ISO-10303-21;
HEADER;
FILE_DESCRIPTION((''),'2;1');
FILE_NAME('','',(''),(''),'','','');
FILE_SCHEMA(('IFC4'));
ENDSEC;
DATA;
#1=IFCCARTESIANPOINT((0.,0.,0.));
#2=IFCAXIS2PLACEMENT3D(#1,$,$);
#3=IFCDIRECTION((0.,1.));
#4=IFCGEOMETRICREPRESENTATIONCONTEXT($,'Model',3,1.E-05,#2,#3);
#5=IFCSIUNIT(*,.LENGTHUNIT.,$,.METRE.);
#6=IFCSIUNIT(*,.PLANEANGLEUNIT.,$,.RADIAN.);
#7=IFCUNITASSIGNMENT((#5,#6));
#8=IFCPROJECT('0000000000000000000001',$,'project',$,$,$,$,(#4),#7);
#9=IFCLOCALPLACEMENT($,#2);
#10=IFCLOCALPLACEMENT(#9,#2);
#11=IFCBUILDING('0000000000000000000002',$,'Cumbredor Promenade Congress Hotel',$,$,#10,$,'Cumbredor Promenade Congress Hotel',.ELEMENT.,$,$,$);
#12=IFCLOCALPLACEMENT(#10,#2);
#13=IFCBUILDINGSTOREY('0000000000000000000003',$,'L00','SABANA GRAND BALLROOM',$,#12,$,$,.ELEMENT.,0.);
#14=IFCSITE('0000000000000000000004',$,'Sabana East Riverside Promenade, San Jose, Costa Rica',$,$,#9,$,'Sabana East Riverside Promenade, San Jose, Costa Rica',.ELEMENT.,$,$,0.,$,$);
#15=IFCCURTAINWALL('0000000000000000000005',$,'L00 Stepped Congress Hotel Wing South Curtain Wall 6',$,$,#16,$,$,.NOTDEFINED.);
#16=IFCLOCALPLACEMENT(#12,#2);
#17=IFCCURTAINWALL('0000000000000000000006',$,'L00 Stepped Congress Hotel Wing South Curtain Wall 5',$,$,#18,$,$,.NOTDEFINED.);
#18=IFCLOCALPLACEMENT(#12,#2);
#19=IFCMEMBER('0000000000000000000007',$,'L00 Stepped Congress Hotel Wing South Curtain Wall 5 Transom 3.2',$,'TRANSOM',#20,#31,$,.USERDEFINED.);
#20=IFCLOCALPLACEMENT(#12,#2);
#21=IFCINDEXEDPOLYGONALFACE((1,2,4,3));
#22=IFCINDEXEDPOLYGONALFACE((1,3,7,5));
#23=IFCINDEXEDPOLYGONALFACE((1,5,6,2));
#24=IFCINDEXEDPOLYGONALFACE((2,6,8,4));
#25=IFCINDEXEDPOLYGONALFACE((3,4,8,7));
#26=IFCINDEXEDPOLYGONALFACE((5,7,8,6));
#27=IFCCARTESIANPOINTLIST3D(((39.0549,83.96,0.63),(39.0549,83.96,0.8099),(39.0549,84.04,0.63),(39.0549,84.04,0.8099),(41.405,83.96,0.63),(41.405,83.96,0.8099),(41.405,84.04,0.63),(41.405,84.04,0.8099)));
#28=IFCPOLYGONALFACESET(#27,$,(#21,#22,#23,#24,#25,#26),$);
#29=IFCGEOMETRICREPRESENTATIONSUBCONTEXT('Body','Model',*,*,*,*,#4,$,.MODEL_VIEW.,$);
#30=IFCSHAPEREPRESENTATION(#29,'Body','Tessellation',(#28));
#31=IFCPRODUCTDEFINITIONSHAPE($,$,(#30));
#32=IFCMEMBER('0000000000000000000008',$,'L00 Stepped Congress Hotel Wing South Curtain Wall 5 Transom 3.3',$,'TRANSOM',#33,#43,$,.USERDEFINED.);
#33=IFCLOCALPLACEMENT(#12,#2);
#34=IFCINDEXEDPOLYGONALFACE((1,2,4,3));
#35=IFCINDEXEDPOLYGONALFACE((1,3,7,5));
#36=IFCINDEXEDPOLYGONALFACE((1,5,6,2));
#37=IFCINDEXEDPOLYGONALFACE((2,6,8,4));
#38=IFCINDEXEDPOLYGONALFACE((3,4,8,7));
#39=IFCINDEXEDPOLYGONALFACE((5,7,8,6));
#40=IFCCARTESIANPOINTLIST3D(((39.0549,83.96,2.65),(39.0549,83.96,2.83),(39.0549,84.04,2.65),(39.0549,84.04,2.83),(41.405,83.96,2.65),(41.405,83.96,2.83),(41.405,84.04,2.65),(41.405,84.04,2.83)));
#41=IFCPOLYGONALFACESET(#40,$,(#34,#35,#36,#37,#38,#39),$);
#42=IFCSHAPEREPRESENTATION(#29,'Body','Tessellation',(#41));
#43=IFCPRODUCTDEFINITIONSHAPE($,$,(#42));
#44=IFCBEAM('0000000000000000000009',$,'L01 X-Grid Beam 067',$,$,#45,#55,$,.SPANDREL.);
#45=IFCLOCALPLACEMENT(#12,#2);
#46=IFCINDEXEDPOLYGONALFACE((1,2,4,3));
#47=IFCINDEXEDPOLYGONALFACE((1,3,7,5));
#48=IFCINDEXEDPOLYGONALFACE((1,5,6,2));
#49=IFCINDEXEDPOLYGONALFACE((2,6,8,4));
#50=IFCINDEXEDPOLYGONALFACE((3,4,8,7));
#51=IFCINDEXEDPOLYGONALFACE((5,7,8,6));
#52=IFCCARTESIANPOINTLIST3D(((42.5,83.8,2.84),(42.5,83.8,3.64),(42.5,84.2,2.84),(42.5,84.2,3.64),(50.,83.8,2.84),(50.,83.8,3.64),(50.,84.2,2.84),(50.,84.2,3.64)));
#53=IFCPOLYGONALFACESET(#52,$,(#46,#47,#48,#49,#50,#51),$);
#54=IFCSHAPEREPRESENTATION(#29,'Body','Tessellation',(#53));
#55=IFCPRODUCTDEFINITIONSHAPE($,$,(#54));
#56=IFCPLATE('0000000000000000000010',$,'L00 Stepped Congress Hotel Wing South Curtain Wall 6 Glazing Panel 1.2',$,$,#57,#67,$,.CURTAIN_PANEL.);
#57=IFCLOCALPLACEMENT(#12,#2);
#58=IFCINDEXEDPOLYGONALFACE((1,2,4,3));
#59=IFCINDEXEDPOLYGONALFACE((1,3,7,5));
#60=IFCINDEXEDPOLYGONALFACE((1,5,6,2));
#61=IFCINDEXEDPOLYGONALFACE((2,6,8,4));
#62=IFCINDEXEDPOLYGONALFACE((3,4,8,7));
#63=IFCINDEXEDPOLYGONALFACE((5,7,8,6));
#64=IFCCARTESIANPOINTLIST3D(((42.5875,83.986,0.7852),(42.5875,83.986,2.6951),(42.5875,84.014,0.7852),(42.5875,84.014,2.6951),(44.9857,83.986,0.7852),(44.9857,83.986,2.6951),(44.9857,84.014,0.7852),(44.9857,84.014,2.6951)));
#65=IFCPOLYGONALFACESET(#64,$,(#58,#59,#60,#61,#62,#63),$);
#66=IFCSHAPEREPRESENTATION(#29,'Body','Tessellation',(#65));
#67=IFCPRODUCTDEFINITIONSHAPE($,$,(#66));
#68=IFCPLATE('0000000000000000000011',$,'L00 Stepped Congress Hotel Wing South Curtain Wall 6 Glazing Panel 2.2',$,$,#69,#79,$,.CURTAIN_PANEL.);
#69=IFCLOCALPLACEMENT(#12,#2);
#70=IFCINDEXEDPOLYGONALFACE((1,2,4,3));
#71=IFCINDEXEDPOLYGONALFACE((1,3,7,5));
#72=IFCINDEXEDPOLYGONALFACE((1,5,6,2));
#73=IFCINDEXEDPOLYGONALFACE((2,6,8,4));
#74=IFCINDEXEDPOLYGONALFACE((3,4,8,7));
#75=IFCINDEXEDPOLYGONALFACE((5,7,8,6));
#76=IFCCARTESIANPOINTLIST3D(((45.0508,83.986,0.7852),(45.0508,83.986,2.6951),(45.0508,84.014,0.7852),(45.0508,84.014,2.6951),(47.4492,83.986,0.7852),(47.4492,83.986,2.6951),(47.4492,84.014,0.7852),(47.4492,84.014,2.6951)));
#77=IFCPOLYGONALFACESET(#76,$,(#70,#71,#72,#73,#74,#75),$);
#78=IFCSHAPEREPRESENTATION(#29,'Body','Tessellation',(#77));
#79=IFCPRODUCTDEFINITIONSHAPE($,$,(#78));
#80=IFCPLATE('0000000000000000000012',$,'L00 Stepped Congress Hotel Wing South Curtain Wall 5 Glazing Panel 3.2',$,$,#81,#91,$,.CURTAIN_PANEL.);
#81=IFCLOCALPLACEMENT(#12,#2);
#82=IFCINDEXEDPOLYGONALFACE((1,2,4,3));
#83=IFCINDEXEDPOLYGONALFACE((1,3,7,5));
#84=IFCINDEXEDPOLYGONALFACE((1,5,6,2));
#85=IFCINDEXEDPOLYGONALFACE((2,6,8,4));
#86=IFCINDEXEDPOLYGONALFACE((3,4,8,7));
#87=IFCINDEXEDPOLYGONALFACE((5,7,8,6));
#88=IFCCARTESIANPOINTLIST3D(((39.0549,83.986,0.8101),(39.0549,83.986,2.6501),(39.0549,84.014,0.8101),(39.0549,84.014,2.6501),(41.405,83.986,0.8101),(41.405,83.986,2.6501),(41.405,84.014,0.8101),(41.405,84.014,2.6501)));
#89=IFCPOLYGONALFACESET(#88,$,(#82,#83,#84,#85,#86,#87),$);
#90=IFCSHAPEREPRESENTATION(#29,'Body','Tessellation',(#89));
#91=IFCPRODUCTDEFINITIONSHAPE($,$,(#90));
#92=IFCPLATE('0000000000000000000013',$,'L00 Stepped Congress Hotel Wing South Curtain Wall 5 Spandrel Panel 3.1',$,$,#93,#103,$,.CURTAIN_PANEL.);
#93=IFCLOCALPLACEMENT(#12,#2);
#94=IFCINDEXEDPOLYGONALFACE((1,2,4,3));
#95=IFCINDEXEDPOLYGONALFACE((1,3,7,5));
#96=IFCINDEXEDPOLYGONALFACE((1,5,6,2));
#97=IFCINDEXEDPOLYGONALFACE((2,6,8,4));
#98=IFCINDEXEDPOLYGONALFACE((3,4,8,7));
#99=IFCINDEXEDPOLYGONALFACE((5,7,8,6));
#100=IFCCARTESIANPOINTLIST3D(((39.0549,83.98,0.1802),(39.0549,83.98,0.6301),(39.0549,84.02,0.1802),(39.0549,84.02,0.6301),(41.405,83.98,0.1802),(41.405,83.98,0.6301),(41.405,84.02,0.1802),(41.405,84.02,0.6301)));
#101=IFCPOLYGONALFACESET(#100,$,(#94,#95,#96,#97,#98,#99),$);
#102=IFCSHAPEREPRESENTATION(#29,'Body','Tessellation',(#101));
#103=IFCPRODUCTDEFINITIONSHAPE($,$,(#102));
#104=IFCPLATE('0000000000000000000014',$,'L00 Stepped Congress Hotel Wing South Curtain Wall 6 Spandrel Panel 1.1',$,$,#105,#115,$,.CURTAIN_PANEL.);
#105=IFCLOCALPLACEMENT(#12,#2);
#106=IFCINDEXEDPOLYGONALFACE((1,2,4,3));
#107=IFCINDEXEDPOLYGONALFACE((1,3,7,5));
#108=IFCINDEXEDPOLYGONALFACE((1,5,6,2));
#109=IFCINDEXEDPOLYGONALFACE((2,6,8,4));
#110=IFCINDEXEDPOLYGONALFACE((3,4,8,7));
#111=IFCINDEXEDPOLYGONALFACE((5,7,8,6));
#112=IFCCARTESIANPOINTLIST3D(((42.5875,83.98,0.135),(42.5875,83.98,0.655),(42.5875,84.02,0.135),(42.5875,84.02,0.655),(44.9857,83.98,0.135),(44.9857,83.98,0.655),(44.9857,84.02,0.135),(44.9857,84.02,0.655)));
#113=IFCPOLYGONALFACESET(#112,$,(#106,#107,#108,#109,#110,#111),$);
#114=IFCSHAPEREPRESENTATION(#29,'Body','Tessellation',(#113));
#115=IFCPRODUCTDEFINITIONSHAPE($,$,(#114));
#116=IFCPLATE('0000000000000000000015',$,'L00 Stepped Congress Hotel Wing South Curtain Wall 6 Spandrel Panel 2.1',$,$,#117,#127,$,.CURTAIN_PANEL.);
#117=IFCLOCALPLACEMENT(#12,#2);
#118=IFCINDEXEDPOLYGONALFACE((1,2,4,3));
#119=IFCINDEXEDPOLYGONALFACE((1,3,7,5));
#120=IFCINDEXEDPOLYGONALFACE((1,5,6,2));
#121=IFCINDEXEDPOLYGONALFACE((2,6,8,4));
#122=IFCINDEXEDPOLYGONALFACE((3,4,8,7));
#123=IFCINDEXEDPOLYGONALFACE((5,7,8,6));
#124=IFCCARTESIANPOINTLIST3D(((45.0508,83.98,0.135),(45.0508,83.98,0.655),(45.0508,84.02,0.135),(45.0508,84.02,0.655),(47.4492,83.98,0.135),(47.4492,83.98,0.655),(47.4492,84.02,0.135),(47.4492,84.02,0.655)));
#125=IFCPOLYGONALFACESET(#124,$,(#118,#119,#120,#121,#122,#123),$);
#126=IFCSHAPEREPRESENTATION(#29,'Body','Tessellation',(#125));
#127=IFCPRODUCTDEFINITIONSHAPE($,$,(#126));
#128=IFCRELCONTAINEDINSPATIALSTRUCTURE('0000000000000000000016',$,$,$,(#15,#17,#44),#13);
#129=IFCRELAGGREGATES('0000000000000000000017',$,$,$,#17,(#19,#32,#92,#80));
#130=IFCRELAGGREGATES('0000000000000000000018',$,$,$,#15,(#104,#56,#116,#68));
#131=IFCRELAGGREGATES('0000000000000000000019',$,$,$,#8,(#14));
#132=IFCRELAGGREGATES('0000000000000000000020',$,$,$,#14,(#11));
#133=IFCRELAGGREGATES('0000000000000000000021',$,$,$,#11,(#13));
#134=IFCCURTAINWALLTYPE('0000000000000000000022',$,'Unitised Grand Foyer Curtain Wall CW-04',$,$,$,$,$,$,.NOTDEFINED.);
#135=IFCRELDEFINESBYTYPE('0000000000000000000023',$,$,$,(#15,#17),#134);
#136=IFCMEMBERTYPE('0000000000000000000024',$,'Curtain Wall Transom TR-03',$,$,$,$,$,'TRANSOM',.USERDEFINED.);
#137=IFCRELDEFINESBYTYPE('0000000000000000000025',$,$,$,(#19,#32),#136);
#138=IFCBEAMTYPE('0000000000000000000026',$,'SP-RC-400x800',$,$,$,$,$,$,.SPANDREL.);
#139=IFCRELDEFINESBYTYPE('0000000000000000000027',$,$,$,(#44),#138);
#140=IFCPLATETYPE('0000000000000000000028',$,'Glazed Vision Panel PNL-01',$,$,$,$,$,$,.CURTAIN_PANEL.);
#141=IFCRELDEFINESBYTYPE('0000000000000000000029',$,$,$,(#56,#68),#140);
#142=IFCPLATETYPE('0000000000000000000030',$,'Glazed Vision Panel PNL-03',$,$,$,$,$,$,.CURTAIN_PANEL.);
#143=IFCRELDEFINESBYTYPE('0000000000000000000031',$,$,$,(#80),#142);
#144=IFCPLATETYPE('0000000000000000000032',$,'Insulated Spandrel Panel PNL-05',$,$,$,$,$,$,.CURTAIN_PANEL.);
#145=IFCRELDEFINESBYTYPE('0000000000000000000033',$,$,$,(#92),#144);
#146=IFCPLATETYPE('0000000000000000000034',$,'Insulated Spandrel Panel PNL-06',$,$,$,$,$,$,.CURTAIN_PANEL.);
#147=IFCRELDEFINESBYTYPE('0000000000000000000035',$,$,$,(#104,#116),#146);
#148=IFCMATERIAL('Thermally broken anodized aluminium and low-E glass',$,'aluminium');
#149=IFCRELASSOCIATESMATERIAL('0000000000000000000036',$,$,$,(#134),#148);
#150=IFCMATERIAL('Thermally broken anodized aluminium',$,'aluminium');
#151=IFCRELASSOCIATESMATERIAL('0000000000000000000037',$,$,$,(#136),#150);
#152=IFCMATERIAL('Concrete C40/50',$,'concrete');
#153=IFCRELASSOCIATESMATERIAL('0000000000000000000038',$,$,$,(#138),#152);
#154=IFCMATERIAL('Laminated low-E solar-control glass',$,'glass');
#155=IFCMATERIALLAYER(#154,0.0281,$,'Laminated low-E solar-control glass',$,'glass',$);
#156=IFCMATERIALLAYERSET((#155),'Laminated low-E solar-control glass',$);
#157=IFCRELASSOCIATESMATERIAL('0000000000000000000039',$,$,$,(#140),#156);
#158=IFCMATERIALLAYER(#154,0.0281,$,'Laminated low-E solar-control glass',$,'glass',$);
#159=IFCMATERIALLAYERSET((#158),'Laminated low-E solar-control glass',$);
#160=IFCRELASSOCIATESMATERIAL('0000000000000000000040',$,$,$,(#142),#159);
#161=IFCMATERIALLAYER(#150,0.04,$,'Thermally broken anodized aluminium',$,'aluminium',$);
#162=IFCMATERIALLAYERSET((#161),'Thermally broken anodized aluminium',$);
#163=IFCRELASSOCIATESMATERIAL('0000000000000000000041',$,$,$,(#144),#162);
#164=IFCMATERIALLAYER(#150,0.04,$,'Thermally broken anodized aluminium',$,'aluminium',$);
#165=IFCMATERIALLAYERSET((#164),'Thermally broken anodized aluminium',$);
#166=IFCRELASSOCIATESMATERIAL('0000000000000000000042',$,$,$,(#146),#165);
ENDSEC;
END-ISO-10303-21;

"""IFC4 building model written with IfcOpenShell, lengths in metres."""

from ifc_helpers import new_model, si_unit, direction, frame, origin, origin_2d, place, context, subcontext, project, spatial, rectangle, extrude, material, layer, layer_set, material_profile, profile_set, type_object, element, aggregate, save


model = new_model("IFC4")

# Units and contexts
model_context = context("Model", 3, precision=1e-05, world=origin(), true_north=direction((0.0, 1.0)))
body_context = subcontext(model_context, "Body", "Model", "MODEL_VIEW")
ifc_project = project(units=[si_unit("LENGTHUNIT", "METRE"), si_unit("PLANEANGLEUNIT", "RADIAN")], contexts=[model_context])

# Site, building, storey
site_placement = place(None, origin())
site = spatial("IfcSite", under=ifc_project, at=site_placement, Name="Sabana East Riverside Promenade, San Jose, Costa Rica", LongName="Sabana East Riverside Promenade, San Jose, Costa Rica", CompositionType="ELEMENT", RefElevation=0.0)
building_placement = place(site_placement, origin())
building = spatial("IfcBuilding", under=site, at=building_placement, Name="Cumbredor Promenade Congress Hotel", LongName="Cumbredor Promenade Congress Hotel", CompositionType="ELEMENT")
storey_placement = place(building_placement, origin())
storey = spatial("IfcBuildingStorey", under=building, at=storey_placement, Name="L00", Description="SABANA GRAND BALLROOM", CompositionType="ELEMENT", Elevation=0.0)

# Curtain wall
ifc_material_1 = material(Name="Thermally broken anodized aluminium and low-E glass", Category="aluminium")
curtain_wall_type = type_object("IfcCurtainWallType", Name="Unitised Grand Foyer Curtain Wall CW-04", PredefinedType="NOTDEFINED", material=ifc_material_1)
curtain_wall_1_placement = place(storey_placement, origin())
curtain_wall_1 = element("IfcCurtainWall", 1, at=curtain_wall_1_placement, inside=storey, type_object=curtain_wall_type, Name="L00 Stepped Congress Hotel Wing South Curtain Wall 6", PredefinedType="NOTDEFINED")
ifc_material_2 = material(Name="Thermally broken anodized aluminium", Category="aluminium")

# Curtain wall
curtain_wall_2_placement = place(storey_placement, origin())
curtain_wall_2 = element("IfcCurtainWall", 2, at=curtain_wall_2_placement, inside=storey, type_object=curtain_wall_type, Name="L00 Stepped Congress Hotel Wing South Curtain Wall 5", PredefinedType="NOTDEFINED")

# Members
ifc_material_profile_1 = material_profile(ifc_material_2, rectangle(XDim=0.0801, YDim=0.1799, at=origin_2d()), Name="ALU TRANSOM 80x180")
ifc_profile_set_1 = profile_set([ifc_material_profile_1], Name="Thermally broken anodized aluminium")
member_type_1 = type_object("IfcMemberType", Name="Curtain Wall Transom TR-03", ElementType="TRANSOM", PredefinedType="USERDEFINED", material=ifc_profile_set_1)
member_1_placement = place(storey_placement, frame((39.0549, 84.0, 0.72), z_axis=(1.0, 0.0, 0.0), x_axis=(0.0, 1.0, 0.0)))
member_1 = element("IfcMember", 3, at=member_1_placement, type_object=member_type_1, Name="L00 Stepped Congress Hotel Wing South Curtain Wall 5 Transom 3.2", ObjectType="TRANSOM", PredefinedType="USERDEFINED", context=body_context, shape_type="SweptSolid", body=[
    extrude(rectangle(XDim=0.0801, YDim=0.1799, at=origin_2d()), origin(), (0.0, 0.0, 1.0), 2.3501),
])
member_2_placement = place(storey_placement, frame((39.0549, 84.0, 2.74), z_axis=(1.0, 0.0, 0.0), x_axis=(0.0, 1.0, 0.0)))
member_2 = element("IfcMember", 4, at=member_2_placement, type_object=member_type_1, Name="L00 Stepped Congress Hotel Wing South Curtain Wall 5 Transom 3.3", ObjectType="TRANSOM", PredefinedType="USERDEFINED", context=body_context, shape_type="SweptSolid", body=[
    extrude(rectangle(XDim=0.0801, YDim=0.1799, at=origin_2d()), origin(), (0.0, 0.0, 1.0), 2.3501),
])

# Beam
ifc_material_3 = material(Name="Concrete C40/50", Category="concrete")
ifc_material_profile_2 = material_profile(ifc_material_3, rectangle(XDim=0.3999, YDim=0.8, at=origin_2d()), Name="RC SPANDREL 400x800")
ifc_profile_set_2 = profile_set([ifc_material_profile_2], Name="Concrete C40/50")
beam_type = type_object("IfcBeamType", Name="SP-RC-400x800", PredefinedType="SPANDREL", material=ifc_profile_set_2)
beam_placement = place(storey_placement, frame((42.5, 84.0, 3.24), z_axis=(1.0, 0.0, 0.0), x_axis=(0.0, 1.0, 0.0)))
element("IfcBeam", 5, at=beam_placement, inside=storey, type_object=beam_type, Name="L01 X-Grid Beam 067", PredefinedType="SPANDREL", context=body_context, shape_type="SweptSolid", body=[
    extrude(rectangle(XDim=0.3999, YDim=0.8, at=origin_2d()), origin(), (0.0, 0.0, 1.0), 7.5),
])

# Plates
ifc_material_4 = material(Name="Laminated low-E solar-control glass", Category="glass")
ifc_layer_1 = layer(ifc_material_4, 0.0281, Name="Laminated low-E solar-control glass", Category="glass")
ifc_layer_set_1 = layer_set([ifc_layer_1], Name="Laminated low-E solar-control glass")
plate_type_1 = type_object("IfcPlateType", Name="Glazed Vision Panel PNL-01", PredefinedType="CURTAIN_PANEL", material=ifc_layer_set_1)
plate_1_placement = place(storey_placement, frame((43.7866, 84.0, 0.7852), z_axis=(0.0, 0.0, 1.0), x_axis=(1.0, 0.0, 0.0)))
plate_1 = element("IfcPlate", 6, at=plate_1_placement, type_object=plate_type_1, Name="L00 Stepped Congress Hotel Wing South Curtain Wall 6 Glazing Panel 1.2", PredefinedType="CURTAIN_PANEL", context=body_context, shape_type="SweptSolid", body=[
    extrude(rectangle(XDim=2.3982, YDim=0.0281, at=origin_2d()), origin(), (0.0, 0.0, 1.0), 1.9099),
])
plate_2_placement = place(storey_placement, frame((46.25, 84.0, 0.7852), z_axis=(0.0, 0.0, 1.0), x_axis=(1.0, 0.0, 0.0)))
plate_2 = element("IfcPlate", 7, at=plate_2_placement, type_object=plate_type_1, Name="L00 Stepped Congress Hotel Wing South Curtain Wall 6 Glazing Panel 2.2", PredefinedType="CURTAIN_PANEL", context=body_context, shape_type="SweptSolid", body=[
    extrude(rectangle(XDim=2.3984, YDim=0.0281, at=origin_2d()), origin(), (0.0, 0.0, 1.0), 1.9099),
])
ifc_layer_2 = layer(ifc_material_4, 0.0281, Name="Laminated low-E solar-control glass", Category="glass")
ifc_layer_set_2 = layer_set([ifc_layer_2], Name="Laminated low-E solar-control glass")
plate_type_2 = type_object("IfcPlateType", Name="Glazed Vision Panel PNL-03", PredefinedType="CURTAIN_PANEL", material=ifc_layer_set_2)
plate_3_placement = place(storey_placement, frame((40.23, 84.0, 0.8101), z_axis=(0.0, 0.0, 1.0), x_axis=(1.0, 0.0, 0.0)))
plate_3 = element("IfcPlate", 8, at=plate_3_placement, type_object=plate_type_2, Name="L00 Stepped Congress Hotel Wing South Curtain Wall 5 Glazing Panel 3.2", PredefinedType="CURTAIN_PANEL", context=body_context, shape_type="SweptSolid", body=[
    extrude(rectangle(XDim=2.3501, YDim=0.0281, at=origin_2d()), origin(), (0.0, 0.0, 1.0), 1.8401),
])
ifc_layer_3 = layer(ifc_material_2, 0.04, Name="Thermally broken anodized aluminium", Category="aluminium")
ifc_layer_set_3 = layer_set([ifc_layer_3], Name="Thermally broken anodized aluminium")
plate_type_3 = type_object("IfcPlateType", Name="Insulated Spandrel Panel PNL-05", PredefinedType="CURTAIN_PANEL", material=ifc_layer_set_3)
plate_4_placement = place(storey_placement, frame((40.23, 84.0, 0.1802), z_axis=(0.0, 0.0, 1.0), x_axis=(1.0, 0.0, 0.0)))
plate_4 = element("IfcPlate", 9, at=plate_4_placement, type_object=plate_type_3, Name="L00 Stepped Congress Hotel Wing South Curtain Wall 5 Spandrel Panel 3.1", PredefinedType="CURTAIN_PANEL", context=body_context, shape_type="SweptSolid", body=[
    extrude(rectangle(XDim=2.3501, YDim=0.04, at=origin_2d()), origin(), (0.0, 0.0, 1.0), 0.45),
])
aggregate(curtain_wall_2, [member_1, member_2, plate_4, plate_3])
ifc_layer_4 = layer(ifc_material_2, 0.04, Name="Thermally broken anodized aluminium", Category="aluminium")
ifc_layer_set_4 = layer_set([ifc_layer_4], Name="Thermally broken anodized aluminium")
plate_type_4 = type_object("IfcPlateType", Name="Insulated Spandrel Panel PNL-06", PredefinedType="CURTAIN_PANEL", material=ifc_layer_set_4)
plate_5_placement = place(storey_placement, frame((43.7866, 84.0, 0.135), z_axis=(0.0, 0.0, 1.0), x_axis=(1.0, 0.0, 0.0)))
plate_5 = element("IfcPlate", 10, at=plate_5_placement, type_object=plate_type_4, Name="L00 Stepped Congress Hotel Wing South Curtain Wall 6 Spandrel Panel 1.1", PredefinedType="CURTAIN_PANEL", context=body_context, shape_type="SweptSolid", body=[
    extrude(rectangle(XDim=2.3982, YDim=0.04, at=origin_2d()), origin(), (0.0, 0.0, 1.0), 0.52),
])
plate_6_placement = place(storey_placement, frame((46.25, 84.0, 0.135), z_axis=(0.0, 0.0, 1.0), x_axis=(1.0, 0.0, 0.0)))
plate_6 = element("IfcPlate", 11, at=plate_6_placement, type_object=plate_type_4, Name="L00 Stepped Congress Hotel Wing South Curtain Wall 6 Spandrel Panel 2.1", PredefinedType="CURTAIN_PANEL", context=body_context, shape_type="SweptSolid", body=[
    extrude(rectangle(XDim=2.3984, YDim=0.04, at=origin_2d()), origin(), (0.0, 0.0, 1.0), 0.52),
])
aggregate(curtain_wall_1, [plate_5, plate_1, plate_6, plate_2])

save(model, "model.ifc")
